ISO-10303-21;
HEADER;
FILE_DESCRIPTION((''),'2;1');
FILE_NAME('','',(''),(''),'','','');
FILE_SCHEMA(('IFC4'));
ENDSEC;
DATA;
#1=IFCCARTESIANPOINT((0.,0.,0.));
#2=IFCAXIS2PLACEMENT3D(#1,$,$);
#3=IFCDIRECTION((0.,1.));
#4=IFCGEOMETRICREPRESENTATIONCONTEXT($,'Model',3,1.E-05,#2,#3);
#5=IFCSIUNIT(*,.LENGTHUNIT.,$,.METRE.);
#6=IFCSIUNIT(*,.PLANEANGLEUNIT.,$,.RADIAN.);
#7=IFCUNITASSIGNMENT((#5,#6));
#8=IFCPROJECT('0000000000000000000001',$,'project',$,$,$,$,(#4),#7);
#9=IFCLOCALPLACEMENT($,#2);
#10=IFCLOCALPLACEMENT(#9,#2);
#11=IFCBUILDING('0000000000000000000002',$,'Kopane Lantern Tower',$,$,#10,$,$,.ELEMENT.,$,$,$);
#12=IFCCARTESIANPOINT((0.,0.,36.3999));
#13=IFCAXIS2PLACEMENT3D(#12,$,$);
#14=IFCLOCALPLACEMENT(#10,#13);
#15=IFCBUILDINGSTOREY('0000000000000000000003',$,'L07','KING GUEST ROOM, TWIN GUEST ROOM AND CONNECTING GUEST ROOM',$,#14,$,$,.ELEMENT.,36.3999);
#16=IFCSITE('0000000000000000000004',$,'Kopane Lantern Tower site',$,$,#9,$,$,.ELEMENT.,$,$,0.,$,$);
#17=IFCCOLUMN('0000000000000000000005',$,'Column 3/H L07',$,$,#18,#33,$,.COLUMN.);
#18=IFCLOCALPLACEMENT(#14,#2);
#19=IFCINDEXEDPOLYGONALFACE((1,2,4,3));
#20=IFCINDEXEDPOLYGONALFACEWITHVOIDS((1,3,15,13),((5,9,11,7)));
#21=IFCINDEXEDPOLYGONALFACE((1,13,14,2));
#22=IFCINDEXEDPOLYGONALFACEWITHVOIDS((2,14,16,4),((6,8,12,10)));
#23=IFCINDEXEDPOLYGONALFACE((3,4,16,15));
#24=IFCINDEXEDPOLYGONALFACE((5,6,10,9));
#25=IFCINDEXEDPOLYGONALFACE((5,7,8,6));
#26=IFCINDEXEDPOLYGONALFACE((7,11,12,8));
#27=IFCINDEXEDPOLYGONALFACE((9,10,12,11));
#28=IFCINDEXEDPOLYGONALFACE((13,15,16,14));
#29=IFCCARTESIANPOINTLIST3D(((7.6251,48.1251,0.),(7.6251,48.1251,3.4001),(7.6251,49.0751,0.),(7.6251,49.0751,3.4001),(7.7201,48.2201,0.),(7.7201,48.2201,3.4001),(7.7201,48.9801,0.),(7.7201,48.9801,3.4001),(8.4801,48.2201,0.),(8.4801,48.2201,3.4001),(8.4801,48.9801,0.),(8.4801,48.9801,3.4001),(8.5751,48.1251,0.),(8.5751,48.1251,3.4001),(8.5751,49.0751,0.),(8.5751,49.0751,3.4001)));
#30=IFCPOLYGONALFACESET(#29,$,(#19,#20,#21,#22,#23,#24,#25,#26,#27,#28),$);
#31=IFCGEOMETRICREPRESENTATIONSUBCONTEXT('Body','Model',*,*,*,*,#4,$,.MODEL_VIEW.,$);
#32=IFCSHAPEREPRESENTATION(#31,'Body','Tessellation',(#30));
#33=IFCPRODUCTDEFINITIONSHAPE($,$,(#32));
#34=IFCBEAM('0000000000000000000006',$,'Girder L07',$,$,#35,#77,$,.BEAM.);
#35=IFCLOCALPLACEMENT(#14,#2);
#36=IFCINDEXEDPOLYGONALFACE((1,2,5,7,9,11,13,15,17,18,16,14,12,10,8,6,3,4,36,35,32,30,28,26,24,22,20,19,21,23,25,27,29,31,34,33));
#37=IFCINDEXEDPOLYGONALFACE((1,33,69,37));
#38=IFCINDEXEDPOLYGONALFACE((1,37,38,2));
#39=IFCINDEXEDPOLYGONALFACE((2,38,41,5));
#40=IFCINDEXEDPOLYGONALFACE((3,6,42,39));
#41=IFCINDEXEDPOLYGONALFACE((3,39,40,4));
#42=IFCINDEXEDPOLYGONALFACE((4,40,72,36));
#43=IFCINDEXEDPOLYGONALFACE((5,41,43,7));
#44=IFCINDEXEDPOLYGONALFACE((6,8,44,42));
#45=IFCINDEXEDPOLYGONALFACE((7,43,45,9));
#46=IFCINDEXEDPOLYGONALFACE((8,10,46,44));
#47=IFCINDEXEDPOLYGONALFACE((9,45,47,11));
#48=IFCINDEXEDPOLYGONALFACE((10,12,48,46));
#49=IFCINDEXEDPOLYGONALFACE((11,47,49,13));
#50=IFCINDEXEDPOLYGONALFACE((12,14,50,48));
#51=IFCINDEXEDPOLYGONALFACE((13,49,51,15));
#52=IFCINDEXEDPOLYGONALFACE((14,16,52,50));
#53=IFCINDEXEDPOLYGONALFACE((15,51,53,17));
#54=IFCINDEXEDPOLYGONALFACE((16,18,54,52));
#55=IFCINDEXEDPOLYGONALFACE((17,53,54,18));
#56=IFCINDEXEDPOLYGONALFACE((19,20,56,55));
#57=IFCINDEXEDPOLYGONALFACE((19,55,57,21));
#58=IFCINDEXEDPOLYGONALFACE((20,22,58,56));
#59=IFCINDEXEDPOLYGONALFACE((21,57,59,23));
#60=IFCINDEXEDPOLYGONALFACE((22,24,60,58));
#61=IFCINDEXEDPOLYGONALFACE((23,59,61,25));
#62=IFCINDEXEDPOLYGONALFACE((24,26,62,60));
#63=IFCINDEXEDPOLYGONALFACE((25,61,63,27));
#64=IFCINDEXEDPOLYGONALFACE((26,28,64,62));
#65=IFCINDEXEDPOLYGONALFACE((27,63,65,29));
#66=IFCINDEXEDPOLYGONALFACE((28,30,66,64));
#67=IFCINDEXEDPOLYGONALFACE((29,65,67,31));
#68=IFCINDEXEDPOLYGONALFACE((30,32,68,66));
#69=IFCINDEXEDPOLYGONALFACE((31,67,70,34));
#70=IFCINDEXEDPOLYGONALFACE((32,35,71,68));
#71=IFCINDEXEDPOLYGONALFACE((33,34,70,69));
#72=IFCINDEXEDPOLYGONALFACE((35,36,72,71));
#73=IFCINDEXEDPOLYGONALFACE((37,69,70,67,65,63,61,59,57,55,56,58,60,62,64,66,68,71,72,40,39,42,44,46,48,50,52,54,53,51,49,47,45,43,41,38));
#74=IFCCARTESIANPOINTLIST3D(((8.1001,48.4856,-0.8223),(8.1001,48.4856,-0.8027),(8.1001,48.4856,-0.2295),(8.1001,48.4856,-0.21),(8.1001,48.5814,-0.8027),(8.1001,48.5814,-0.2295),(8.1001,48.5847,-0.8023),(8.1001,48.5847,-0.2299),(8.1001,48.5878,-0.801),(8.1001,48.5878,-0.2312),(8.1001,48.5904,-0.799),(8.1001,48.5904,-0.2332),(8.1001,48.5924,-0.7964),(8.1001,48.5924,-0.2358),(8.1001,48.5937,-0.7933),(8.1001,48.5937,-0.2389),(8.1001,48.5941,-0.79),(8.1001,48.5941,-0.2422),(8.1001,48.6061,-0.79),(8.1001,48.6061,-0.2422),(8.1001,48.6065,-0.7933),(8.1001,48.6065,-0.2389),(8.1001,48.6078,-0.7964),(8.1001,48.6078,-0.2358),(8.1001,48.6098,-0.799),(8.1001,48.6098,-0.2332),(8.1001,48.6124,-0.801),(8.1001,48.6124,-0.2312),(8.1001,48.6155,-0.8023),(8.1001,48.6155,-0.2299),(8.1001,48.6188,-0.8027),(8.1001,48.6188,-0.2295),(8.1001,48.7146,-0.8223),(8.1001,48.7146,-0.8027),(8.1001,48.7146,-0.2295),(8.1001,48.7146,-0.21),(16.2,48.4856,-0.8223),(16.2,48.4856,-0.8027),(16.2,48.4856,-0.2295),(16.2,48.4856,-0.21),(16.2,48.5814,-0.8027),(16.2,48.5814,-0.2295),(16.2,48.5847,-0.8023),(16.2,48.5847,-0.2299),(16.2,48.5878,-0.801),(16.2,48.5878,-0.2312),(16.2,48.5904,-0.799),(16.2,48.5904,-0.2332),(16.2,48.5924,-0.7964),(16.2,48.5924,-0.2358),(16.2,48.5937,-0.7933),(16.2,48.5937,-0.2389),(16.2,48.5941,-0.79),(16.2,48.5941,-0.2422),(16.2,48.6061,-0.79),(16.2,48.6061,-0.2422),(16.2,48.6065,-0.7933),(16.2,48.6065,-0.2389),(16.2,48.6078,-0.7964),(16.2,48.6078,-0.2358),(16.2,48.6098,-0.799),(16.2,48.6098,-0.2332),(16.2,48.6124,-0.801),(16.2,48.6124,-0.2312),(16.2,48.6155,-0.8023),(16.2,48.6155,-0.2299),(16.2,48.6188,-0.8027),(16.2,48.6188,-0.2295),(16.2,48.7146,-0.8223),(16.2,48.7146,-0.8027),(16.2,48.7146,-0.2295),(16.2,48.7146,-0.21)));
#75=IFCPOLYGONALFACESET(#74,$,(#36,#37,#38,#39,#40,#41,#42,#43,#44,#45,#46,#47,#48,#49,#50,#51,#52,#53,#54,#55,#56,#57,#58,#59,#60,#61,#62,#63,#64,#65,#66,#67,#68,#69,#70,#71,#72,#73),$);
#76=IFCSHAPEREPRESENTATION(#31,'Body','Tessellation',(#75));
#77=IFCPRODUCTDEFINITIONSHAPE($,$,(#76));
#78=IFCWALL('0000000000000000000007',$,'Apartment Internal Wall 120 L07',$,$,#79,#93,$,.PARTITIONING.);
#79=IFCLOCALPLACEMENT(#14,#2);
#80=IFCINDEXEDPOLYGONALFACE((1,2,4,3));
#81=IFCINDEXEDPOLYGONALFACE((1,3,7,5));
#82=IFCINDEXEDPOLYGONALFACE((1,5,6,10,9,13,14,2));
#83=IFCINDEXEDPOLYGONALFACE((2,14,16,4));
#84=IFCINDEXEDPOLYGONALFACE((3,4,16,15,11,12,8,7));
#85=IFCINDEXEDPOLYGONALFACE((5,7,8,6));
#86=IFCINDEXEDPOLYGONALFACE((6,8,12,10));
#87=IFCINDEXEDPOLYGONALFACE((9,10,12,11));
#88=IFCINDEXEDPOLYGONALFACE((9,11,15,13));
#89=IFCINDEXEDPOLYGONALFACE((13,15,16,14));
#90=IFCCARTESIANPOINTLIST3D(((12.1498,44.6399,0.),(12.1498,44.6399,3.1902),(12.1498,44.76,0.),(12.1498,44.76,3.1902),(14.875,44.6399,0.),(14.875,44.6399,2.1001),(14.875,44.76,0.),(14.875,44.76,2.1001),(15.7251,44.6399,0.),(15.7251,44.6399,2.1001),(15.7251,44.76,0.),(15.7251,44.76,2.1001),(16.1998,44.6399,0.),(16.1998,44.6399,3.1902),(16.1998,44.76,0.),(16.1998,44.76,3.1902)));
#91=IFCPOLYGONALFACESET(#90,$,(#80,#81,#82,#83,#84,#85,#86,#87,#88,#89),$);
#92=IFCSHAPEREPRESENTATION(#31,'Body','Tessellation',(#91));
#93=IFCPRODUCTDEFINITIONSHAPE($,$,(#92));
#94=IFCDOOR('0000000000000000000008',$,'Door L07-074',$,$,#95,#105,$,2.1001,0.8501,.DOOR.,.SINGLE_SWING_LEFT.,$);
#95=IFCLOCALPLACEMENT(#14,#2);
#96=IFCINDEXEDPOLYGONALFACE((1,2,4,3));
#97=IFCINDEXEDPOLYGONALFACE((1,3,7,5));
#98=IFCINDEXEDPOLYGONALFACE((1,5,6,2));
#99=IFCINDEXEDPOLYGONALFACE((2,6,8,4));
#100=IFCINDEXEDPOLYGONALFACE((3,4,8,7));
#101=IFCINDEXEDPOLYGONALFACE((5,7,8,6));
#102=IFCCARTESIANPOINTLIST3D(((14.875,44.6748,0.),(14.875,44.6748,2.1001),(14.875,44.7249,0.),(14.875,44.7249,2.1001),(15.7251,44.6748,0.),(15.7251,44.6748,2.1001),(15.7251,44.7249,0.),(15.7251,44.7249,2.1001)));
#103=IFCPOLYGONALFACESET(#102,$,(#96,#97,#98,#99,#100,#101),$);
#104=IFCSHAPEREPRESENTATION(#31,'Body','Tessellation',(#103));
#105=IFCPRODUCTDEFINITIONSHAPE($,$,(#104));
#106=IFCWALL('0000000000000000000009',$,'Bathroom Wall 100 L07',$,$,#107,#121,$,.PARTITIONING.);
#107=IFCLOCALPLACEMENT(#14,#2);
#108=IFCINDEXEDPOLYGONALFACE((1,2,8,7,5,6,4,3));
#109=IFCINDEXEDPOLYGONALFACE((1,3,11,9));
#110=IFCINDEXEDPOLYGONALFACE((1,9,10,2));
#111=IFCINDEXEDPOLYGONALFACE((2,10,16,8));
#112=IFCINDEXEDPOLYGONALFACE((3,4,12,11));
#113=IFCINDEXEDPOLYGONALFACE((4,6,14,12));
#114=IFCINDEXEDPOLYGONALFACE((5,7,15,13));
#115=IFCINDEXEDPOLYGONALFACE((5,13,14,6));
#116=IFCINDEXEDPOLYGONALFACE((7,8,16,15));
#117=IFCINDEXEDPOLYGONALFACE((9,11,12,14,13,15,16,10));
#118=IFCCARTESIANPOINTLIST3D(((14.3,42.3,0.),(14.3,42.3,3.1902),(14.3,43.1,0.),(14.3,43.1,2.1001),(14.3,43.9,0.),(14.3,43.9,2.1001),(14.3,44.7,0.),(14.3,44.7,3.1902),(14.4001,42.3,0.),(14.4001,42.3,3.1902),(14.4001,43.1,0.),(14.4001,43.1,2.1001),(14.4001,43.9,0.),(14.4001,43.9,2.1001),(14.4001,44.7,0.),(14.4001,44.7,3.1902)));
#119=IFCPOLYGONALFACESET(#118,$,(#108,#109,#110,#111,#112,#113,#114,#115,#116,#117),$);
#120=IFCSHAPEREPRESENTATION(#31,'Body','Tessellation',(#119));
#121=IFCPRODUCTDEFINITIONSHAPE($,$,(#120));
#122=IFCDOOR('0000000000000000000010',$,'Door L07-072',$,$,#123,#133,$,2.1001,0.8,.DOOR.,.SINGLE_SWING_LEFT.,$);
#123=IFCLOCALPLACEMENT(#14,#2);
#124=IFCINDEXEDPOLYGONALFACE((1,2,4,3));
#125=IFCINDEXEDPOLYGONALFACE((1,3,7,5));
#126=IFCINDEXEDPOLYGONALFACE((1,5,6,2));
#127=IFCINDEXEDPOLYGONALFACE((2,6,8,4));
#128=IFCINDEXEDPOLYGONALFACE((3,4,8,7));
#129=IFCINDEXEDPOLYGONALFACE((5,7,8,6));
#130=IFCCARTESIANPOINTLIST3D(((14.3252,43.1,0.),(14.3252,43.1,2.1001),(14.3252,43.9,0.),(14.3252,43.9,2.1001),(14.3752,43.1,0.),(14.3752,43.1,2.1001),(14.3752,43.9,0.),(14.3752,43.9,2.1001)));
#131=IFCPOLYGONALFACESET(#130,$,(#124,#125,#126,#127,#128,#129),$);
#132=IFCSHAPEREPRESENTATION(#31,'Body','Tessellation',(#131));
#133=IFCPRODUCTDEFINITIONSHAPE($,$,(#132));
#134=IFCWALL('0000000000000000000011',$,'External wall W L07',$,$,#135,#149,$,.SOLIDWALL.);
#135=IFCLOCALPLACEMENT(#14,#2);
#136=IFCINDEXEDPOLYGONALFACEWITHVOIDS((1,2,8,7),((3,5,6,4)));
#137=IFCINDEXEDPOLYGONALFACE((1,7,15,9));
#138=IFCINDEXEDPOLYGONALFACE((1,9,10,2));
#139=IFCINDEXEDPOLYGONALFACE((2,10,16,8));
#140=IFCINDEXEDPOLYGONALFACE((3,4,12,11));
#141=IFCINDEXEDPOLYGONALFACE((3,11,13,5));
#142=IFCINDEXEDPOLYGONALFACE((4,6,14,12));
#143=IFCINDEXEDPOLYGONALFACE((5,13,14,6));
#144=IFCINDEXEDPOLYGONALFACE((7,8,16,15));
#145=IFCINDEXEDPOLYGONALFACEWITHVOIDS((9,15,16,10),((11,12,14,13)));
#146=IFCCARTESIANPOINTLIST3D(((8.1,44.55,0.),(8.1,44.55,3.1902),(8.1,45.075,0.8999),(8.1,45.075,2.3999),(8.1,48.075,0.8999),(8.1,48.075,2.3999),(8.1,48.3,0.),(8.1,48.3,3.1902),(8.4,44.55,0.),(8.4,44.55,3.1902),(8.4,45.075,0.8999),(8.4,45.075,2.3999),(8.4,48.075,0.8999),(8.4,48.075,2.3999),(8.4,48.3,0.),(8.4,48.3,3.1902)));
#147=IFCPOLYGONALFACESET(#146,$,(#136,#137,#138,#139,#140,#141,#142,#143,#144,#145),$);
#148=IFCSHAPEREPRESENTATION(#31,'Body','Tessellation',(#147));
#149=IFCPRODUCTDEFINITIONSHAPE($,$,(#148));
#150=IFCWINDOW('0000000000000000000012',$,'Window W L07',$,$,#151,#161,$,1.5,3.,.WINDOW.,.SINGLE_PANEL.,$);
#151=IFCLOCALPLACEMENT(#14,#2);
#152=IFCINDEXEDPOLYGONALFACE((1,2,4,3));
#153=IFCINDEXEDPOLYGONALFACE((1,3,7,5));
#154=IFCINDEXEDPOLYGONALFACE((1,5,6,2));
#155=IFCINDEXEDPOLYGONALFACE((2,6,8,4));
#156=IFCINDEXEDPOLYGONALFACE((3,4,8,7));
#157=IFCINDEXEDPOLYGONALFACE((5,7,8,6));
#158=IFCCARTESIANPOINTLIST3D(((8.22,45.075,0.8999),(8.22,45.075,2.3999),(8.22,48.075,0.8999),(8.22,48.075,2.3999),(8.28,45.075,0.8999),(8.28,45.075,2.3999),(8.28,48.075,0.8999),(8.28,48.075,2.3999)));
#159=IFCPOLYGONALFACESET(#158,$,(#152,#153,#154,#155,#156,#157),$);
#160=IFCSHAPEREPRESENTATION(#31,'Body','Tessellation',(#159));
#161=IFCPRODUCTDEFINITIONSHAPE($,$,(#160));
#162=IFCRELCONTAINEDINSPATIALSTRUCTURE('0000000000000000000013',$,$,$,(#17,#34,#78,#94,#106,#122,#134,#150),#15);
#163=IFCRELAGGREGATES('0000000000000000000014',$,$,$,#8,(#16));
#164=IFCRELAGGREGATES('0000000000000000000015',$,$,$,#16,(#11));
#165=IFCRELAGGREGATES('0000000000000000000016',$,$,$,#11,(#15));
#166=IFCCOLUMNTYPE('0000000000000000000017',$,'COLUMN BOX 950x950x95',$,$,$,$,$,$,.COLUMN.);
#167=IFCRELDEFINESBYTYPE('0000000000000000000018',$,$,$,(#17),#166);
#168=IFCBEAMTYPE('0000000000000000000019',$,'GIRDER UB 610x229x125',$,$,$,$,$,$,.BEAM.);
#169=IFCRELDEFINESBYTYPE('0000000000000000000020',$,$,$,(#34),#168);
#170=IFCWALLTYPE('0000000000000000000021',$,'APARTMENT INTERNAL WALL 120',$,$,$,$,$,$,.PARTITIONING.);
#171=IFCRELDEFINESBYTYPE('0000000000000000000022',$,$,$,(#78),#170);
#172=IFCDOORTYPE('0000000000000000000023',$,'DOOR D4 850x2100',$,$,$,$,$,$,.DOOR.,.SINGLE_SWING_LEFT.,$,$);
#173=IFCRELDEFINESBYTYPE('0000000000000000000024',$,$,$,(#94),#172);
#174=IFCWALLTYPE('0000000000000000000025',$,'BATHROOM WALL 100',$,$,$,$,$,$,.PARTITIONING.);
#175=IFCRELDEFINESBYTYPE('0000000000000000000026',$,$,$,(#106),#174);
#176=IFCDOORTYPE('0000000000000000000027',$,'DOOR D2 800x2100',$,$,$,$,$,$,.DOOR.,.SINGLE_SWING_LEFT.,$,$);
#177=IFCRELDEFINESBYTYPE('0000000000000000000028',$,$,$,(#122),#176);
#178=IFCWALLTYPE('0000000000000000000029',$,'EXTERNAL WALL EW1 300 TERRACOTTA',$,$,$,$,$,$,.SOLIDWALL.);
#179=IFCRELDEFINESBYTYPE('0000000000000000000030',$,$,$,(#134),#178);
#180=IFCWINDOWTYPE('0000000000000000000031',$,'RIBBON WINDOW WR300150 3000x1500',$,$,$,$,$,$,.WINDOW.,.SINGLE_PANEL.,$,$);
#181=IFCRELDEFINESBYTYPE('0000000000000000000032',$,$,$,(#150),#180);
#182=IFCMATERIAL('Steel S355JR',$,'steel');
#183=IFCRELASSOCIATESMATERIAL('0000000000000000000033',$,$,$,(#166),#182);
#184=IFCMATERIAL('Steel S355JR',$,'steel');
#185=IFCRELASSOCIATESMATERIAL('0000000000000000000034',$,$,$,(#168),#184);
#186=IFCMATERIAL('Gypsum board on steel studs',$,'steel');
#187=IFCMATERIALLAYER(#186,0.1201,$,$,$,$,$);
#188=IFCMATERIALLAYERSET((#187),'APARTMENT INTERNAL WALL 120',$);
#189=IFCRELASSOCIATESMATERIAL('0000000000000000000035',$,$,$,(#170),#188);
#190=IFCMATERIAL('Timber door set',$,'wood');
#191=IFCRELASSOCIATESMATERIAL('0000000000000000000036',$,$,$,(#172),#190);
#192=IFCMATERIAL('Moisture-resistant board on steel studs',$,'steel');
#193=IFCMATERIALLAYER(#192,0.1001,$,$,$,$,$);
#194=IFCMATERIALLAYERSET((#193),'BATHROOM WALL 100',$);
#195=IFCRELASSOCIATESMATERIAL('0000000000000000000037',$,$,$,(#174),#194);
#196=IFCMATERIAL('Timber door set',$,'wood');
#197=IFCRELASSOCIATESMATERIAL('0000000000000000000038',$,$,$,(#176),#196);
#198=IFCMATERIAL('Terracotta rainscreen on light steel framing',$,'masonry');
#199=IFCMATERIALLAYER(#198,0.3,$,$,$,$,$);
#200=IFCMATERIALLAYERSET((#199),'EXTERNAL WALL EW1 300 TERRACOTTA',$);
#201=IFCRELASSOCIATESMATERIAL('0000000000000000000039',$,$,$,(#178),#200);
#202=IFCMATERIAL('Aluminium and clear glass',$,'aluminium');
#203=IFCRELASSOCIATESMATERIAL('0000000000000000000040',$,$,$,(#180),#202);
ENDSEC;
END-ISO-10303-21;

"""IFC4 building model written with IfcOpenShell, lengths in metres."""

from ifc_helpers import new_model, si_unit, direction, frame, frame_2d, origin, origin_2d, place, context, subcontext, project, spatial, rectangle, hollow_rectangle, i_section, extrude, material, layer, layer_set, material_profile, profile_set, type_object, element, fill, save


model = new_model("IFC4")

# Units and contexts
model_context = context("Model", 3, precision=1e-05, world=origin(), true_north=direction((0.0, 1.0)))
body_context = subcontext(model_context, "Body", "Model", "MODEL_VIEW")
ifc_project = project(units=[si_unit("LENGTHUNIT", "METRE"), si_unit("PLANEANGLEUNIT", "RADIAN")], contexts=[model_context])

# Site, building, storey
site_placement = place(None, origin())
site = spatial("IfcSite", under=ifc_project, at=site_placement, Name="Kopane Lantern Tower site", CompositionType="ELEMENT", RefElevation=0.0)
building_placement = place(site_placement, origin())
building = spatial("IfcBuilding", under=site, at=building_placement, Name="Kopane Lantern Tower", CompositionType="ELEMENT")
storey_placement = place(building_placement, frame((0.0, 0.0, 36.3999)))
storey = spatial("IfcBuildingStorey", under=building, at=storey_placement, Name="L07", Description="KING GUEST ROOM, TWIN GUEST ROOM AND CONNECTING GUEST ROOM", CompositionType="ELEMENT", Elevation=36.3999)

# Column
ifc_material_1 = material(Name="Steel S355JR", Category="steel")
ifc_material_profile_1 = material_profile(ifc_material_1, hollow_rectangle(XDim=0.95, YDim=0.95, WallThickness=0.095, at=origin_2d()), Name="BOX 950x950x95")
ifc_profile_set_1 = profile_set([ifc_material_profile_1], Name="Steel S355JR")
column_type = type_object("IfcColumnType", Name="COLUMN BOX 950x950x95", PredefinedType="COLUMN", material=ifc_profile_set_1)
column_placement = place(storey_placement, frame((8.1001, 48.6001, 0.0), z_axis=(0.0, 0.0, 1.0), x_axis=(1.0, 0.0, 0.0)))
element("IfcColumn", 1, at=column_placement, inside=storey, type_object=column_type, Name="Column 3/H L07", PredefinedType="COLUMN", context=body_context, shape_type="SweptSolid", body=[
    extrude(hollow_rectangle(XDim=0.95, YDim=0.95, WallThickness=0.095, at=origin_2d()), origin(), (0.0, 0.0, 1.0), 3.4001),
])

# Beam
ifc_material_2 = material(Name="Steel S355JR", Category="steel")
ifc_material_profile_2 = material_profile(ifc_material_2, i_section(OverallWidth=0.229, OverallDepth=0.6123, WebThickness=0.012, FlangeThickness=0.0195, FilletRadius=0.0127, at=origin_2d()), Name="UB 610x229x125")
ifc_profile_set_2 = profile_set([ifc_material_profile_2], Name="Steel S355JR")
beam_type = type_object("IfcBeamType", Name="GIRDER UB 610x229x125", PredefinedType="BEAM", material=ifc_profile_set_2)
beam_placement = place(storey_placement, frame((8.1001, 48.6001, -0.5161), z_axis=(1.0, 0.0, 0.0), x_axis=(0.0, 1.0, 0.0)))
element("IfcBeam", 2, at=beam_placement, inside=storey, type_object=beam_type, Name="Girder L07", PredefinedType="BEAM", context=body_context, shape_type="SweptSolid", body=[
    extrude(i_section(OverallWidth=0.229, OverallDepth=0.6123, WebThickness=0.012, FlangeThickness=0.0195, FilletRadius=0.0127, at=origin_2d()), origin(), (0.0, 0.0, 1.0), 8.0999),
])

# Walls, openings, doors
ifc_material_3 = material(Name="Gypsum board on steel studs", Category="steel")
ifc_layer_1 = layer(ifc_material_3, 0.1201)
ifc_layer_set_1 = layer_set([ifc_layer_1], Name="APARTMENT INTERNAL WALL 120")
wall_type_1 = type_object("IfcWallType", Name="APARTMENT INTERNAL WALL 120", PredefinedType="PARTITIONING", material=ifc_layer_set_1)
wall_1_placement = place(storey_placement, frame((12.1499, 44.7, 0.0), z_axis=(0.0, 0.0, 1.0), x_axis=(1.0, 0.0, 0.0)))
wall_1 = element("IfcWall", 3, at=wall_1_placement, inside=storey, type_object=wall_type_1, Name="Apartment Internal Wall 120 L07", PredefinedType="PARTITIONING", context=body_context, shape_type="SweptSolid", body=[
    extrude(rectangle(XDim=4.05, YDim=0.1201, at=frame_2d((2.0249, 0.0))), origin(), (0.0, 0.0, 1.0), 3.1902),
])
opening_1_placement = place(wall_1_placement, frame((2.7251, 0.0, 0.0)))
opening_1 = element("IfcOpeningElement", 4, at=opening_1_placement, cuts=wall_1, PredefinedType="OPENING", context=body_context, shape_type="SweptSolid", body=[
    extrude(rectangle(XDim=0.8501, YDim=2.1001, at=frame_2d((0.425, 1.05))), frame((0.0, 0.0701, 0.0), z_axis=(0.0, -1.0, 0.0), x_axis=(1.0, 0.0, 0.0)), (0.0, 0.0, 1.0), 0.1401),
])
ifc_material_4 = material(Name="Timber door set", Category="wood")
door_type_1 = type_object("IfcDoorType", Name="DOOR D4 850x2100", OperationType="SINGLE_SWING_LEFT", PredefinedType="DOOR", material=ifc_material_4)
door_1_placement = place(opening_1_placement, origin())
door_1 = element("IfcDoor", 5, at=door_1_placement, inside=storey, type_object=door_type_1, Name="Door L07-074", OperationType="SINGLE_SWING_LEFT", OverallHeight=2.1001, OverallWidth=0.8501, PredefinedType="DOOR", context=body_context, shape_type="SweptSolid", body=[
    extrude(rectangle(XDim=0.8501, YDim=2.1001, at=frame_2d((0.425, 1.05))), frame((0.0, 0.0249, 0.0), z_axis=(0.0, -1.0, 0.0), x_axis=(1.0, 0.0, 0.0)), (0.0, 0.0, 1.0), 0.05),
])
fill(opening_1, door_1)
ifc_material_5 = material(Name="Moisture-resistant board on steel studs", Category="steel")
ifc_layer_2 = layer(ifc_material_5, 0.1001)
ifc_layer_set_2 = layer_set([ifc_layer_2], Name="BATHROOM WALL 100")
wall_type_2 = type_object("IfcWallType", Name="BATHROOM WALL 100", PredefinedType="PARTITIONING", material=ifc_layer_set_2)
wall_2_placement = place(storey_placement, frame((14.3501, 42.3, 0.0), z_axis=(0.0, 0.0, 1.0), x_axis=(0.0, 1.0, 0.0)))
wall_2 = element("IfcWall", 6, at=wall_2_placement, inside=storey, type_object=wall_type_2, Name="Bathroom Wall 100 L07", PredefinedType="PARTITIONING", context=body_context, shape_type="SweptSolid", body=[
    extrude(rectangle(XDim=2.3999, YDim=0.1001, at=frame_2d((1.2, 0.0))), origin(), (0.0, 0.0, 1.0), 3.1902),
])
opening_2_placement = place(wall_2_placement, frame((0.8, 0.0, 0.0)))
opening_2 = element("IfcOpeningElement", 7, at=opening_2_placement, cuts=wall_2, PredefinedType="OPENING", context=body_context, shape_type="SweptSolid", body=[
    extrude(rectangle(XDim=0.8, YDim=2.1001, at=frame_2d((0.3999, 1.05))), frame((0.0, 0.0601, 0.0), z_axis=(0.0, -1.0, 0.0), x_axis=(1.0, 0.0, 0.0)), (0.0, 0.0, 1.0), 0.1201),
])
ifc_material_6 = material(Name="Timber door set", Category="wood")
door_type_2 = type_object("IfcDoorType", Name="DOOR D2 800x2100", OperationType="SINGLE_SWING_LEFT", PredefinedType="DOOR", material=ifc_material_6)
door_2_placement = place(opening_2_placement, origin())
door_2 = element("IfcDoor", 8, at=door_2_placement, inside=storey, type_object=door_type_2, Name="Door L07-072", OperationType="SINGLE_SWING_LEFT", OverallHeight=2.1001, OverallWidth=0.8, PredefinedType="DOOR", context=body_context, shape_type="SweptSolid", body=[
    extrude(rectangle(XDim=0.8, YDim=2.1001, at=frame_2d((0.3999, 1.05))), frame((0.0, 0.0249, 0.0), z_axis=(0.0, -1.0, 0.0), x_axis=(1.0, 0.0, 0.0)), (0.0, 0.0, 1.0), 0.05),
])
fill(opening_2, door_2)

# Wall, opening, window
ifc_material_7 = material(Name="Terracotta rainscreen on light steel framing", Category="masonry")
ifc_layer_3 = layer(ifc_material_7, 0.3)
ifc_layer_set_3 = layer_set([ifc_layer_3], Name="EXTERNAL WALL EW1 300 TERRACOTTA")
wall_type_3 = type_object("IfcWallType", Name="EXTERNAL WALL EW1 300 TERRACOTTA", PredefinedType="SOLIDWALL", material=ifc_layer_set_3)
wall_3_placement = place(storey_placement, frame((8.25, 48.3, 0.0), z_axis=(0.0, 0.0, 1.0), x_axis=(0.0, -1.0, 0.0)))
wall_3 = element("IfcWall", 9, at=wall_3_placement, inside=storey, type_object=wall_type_3, Name="External wall W L07", PredefinedType="SOLIDWALL", context=body_context, shape_type="SweptSolid", body=[
    extrude(rectangle(XDim=3.75, YDim=0.3, at=frame_2d((1.875, 0.0))), origin(), (0.0, 0.0, 1.0), 3.1902),
])
opening_3_placement = place(wall_3_placement, frame((0.2251, 0.0, 0.8999)))
opening_3 = element("IfcOpeningElement", 10, at=opening_3_placement, cuts=wall_3, PredefinedType="OPENING", context=body_context, shape_type="SweptSolid", body=[
    extrude(rectangle(XDim=3.0, YDim=1.5, at=frame_2d((1.5, 0.75))), frame((0.0, 0.1599, 0.0), z_axis=(0.0, -1.0, 0.0), x_axis=(1.0, 0.0, 0.0)), (0.0, 0.0, 1.0), 0.3201),
])
ifc_material_8 = material(Name="Aluminium and clear glass", Category="aluminium")
window_type = type_object("IfcWindowType", Name="RIBBON WINDOW WR300150 3000x1500", PartitioningType="SINGLE_PANEL", PredefinedType="WINDOW", material=ifc_material_8)
window_1_placement = place(opening_3_placement, origin())
window_1 = element("IfcWindow", 11, at=window_1_placement, inside=storey, type_object=window_type, Name="Window W L07", OverallHeight=1.5, OverallWidth=3.0, PartitioningType="SINGLE_PANEL", PredefinedType="WINDOW", context=body_context, shape_type="SweptSolid", body=[
    extrude(rectangle(XDim=3.0, YDim=1.5, at=frame_2d((1.5, 0.75))), frame((0.0, 0.03, 0.0), z_axis=(0.0, -1.0, 0.0), x_axis=(1.0, 0.0, 0.0)), (0.0, 0.0, 1.0), 0.0601),
])
fill(opening_3, window_1)

save(model, "model.ifc")
